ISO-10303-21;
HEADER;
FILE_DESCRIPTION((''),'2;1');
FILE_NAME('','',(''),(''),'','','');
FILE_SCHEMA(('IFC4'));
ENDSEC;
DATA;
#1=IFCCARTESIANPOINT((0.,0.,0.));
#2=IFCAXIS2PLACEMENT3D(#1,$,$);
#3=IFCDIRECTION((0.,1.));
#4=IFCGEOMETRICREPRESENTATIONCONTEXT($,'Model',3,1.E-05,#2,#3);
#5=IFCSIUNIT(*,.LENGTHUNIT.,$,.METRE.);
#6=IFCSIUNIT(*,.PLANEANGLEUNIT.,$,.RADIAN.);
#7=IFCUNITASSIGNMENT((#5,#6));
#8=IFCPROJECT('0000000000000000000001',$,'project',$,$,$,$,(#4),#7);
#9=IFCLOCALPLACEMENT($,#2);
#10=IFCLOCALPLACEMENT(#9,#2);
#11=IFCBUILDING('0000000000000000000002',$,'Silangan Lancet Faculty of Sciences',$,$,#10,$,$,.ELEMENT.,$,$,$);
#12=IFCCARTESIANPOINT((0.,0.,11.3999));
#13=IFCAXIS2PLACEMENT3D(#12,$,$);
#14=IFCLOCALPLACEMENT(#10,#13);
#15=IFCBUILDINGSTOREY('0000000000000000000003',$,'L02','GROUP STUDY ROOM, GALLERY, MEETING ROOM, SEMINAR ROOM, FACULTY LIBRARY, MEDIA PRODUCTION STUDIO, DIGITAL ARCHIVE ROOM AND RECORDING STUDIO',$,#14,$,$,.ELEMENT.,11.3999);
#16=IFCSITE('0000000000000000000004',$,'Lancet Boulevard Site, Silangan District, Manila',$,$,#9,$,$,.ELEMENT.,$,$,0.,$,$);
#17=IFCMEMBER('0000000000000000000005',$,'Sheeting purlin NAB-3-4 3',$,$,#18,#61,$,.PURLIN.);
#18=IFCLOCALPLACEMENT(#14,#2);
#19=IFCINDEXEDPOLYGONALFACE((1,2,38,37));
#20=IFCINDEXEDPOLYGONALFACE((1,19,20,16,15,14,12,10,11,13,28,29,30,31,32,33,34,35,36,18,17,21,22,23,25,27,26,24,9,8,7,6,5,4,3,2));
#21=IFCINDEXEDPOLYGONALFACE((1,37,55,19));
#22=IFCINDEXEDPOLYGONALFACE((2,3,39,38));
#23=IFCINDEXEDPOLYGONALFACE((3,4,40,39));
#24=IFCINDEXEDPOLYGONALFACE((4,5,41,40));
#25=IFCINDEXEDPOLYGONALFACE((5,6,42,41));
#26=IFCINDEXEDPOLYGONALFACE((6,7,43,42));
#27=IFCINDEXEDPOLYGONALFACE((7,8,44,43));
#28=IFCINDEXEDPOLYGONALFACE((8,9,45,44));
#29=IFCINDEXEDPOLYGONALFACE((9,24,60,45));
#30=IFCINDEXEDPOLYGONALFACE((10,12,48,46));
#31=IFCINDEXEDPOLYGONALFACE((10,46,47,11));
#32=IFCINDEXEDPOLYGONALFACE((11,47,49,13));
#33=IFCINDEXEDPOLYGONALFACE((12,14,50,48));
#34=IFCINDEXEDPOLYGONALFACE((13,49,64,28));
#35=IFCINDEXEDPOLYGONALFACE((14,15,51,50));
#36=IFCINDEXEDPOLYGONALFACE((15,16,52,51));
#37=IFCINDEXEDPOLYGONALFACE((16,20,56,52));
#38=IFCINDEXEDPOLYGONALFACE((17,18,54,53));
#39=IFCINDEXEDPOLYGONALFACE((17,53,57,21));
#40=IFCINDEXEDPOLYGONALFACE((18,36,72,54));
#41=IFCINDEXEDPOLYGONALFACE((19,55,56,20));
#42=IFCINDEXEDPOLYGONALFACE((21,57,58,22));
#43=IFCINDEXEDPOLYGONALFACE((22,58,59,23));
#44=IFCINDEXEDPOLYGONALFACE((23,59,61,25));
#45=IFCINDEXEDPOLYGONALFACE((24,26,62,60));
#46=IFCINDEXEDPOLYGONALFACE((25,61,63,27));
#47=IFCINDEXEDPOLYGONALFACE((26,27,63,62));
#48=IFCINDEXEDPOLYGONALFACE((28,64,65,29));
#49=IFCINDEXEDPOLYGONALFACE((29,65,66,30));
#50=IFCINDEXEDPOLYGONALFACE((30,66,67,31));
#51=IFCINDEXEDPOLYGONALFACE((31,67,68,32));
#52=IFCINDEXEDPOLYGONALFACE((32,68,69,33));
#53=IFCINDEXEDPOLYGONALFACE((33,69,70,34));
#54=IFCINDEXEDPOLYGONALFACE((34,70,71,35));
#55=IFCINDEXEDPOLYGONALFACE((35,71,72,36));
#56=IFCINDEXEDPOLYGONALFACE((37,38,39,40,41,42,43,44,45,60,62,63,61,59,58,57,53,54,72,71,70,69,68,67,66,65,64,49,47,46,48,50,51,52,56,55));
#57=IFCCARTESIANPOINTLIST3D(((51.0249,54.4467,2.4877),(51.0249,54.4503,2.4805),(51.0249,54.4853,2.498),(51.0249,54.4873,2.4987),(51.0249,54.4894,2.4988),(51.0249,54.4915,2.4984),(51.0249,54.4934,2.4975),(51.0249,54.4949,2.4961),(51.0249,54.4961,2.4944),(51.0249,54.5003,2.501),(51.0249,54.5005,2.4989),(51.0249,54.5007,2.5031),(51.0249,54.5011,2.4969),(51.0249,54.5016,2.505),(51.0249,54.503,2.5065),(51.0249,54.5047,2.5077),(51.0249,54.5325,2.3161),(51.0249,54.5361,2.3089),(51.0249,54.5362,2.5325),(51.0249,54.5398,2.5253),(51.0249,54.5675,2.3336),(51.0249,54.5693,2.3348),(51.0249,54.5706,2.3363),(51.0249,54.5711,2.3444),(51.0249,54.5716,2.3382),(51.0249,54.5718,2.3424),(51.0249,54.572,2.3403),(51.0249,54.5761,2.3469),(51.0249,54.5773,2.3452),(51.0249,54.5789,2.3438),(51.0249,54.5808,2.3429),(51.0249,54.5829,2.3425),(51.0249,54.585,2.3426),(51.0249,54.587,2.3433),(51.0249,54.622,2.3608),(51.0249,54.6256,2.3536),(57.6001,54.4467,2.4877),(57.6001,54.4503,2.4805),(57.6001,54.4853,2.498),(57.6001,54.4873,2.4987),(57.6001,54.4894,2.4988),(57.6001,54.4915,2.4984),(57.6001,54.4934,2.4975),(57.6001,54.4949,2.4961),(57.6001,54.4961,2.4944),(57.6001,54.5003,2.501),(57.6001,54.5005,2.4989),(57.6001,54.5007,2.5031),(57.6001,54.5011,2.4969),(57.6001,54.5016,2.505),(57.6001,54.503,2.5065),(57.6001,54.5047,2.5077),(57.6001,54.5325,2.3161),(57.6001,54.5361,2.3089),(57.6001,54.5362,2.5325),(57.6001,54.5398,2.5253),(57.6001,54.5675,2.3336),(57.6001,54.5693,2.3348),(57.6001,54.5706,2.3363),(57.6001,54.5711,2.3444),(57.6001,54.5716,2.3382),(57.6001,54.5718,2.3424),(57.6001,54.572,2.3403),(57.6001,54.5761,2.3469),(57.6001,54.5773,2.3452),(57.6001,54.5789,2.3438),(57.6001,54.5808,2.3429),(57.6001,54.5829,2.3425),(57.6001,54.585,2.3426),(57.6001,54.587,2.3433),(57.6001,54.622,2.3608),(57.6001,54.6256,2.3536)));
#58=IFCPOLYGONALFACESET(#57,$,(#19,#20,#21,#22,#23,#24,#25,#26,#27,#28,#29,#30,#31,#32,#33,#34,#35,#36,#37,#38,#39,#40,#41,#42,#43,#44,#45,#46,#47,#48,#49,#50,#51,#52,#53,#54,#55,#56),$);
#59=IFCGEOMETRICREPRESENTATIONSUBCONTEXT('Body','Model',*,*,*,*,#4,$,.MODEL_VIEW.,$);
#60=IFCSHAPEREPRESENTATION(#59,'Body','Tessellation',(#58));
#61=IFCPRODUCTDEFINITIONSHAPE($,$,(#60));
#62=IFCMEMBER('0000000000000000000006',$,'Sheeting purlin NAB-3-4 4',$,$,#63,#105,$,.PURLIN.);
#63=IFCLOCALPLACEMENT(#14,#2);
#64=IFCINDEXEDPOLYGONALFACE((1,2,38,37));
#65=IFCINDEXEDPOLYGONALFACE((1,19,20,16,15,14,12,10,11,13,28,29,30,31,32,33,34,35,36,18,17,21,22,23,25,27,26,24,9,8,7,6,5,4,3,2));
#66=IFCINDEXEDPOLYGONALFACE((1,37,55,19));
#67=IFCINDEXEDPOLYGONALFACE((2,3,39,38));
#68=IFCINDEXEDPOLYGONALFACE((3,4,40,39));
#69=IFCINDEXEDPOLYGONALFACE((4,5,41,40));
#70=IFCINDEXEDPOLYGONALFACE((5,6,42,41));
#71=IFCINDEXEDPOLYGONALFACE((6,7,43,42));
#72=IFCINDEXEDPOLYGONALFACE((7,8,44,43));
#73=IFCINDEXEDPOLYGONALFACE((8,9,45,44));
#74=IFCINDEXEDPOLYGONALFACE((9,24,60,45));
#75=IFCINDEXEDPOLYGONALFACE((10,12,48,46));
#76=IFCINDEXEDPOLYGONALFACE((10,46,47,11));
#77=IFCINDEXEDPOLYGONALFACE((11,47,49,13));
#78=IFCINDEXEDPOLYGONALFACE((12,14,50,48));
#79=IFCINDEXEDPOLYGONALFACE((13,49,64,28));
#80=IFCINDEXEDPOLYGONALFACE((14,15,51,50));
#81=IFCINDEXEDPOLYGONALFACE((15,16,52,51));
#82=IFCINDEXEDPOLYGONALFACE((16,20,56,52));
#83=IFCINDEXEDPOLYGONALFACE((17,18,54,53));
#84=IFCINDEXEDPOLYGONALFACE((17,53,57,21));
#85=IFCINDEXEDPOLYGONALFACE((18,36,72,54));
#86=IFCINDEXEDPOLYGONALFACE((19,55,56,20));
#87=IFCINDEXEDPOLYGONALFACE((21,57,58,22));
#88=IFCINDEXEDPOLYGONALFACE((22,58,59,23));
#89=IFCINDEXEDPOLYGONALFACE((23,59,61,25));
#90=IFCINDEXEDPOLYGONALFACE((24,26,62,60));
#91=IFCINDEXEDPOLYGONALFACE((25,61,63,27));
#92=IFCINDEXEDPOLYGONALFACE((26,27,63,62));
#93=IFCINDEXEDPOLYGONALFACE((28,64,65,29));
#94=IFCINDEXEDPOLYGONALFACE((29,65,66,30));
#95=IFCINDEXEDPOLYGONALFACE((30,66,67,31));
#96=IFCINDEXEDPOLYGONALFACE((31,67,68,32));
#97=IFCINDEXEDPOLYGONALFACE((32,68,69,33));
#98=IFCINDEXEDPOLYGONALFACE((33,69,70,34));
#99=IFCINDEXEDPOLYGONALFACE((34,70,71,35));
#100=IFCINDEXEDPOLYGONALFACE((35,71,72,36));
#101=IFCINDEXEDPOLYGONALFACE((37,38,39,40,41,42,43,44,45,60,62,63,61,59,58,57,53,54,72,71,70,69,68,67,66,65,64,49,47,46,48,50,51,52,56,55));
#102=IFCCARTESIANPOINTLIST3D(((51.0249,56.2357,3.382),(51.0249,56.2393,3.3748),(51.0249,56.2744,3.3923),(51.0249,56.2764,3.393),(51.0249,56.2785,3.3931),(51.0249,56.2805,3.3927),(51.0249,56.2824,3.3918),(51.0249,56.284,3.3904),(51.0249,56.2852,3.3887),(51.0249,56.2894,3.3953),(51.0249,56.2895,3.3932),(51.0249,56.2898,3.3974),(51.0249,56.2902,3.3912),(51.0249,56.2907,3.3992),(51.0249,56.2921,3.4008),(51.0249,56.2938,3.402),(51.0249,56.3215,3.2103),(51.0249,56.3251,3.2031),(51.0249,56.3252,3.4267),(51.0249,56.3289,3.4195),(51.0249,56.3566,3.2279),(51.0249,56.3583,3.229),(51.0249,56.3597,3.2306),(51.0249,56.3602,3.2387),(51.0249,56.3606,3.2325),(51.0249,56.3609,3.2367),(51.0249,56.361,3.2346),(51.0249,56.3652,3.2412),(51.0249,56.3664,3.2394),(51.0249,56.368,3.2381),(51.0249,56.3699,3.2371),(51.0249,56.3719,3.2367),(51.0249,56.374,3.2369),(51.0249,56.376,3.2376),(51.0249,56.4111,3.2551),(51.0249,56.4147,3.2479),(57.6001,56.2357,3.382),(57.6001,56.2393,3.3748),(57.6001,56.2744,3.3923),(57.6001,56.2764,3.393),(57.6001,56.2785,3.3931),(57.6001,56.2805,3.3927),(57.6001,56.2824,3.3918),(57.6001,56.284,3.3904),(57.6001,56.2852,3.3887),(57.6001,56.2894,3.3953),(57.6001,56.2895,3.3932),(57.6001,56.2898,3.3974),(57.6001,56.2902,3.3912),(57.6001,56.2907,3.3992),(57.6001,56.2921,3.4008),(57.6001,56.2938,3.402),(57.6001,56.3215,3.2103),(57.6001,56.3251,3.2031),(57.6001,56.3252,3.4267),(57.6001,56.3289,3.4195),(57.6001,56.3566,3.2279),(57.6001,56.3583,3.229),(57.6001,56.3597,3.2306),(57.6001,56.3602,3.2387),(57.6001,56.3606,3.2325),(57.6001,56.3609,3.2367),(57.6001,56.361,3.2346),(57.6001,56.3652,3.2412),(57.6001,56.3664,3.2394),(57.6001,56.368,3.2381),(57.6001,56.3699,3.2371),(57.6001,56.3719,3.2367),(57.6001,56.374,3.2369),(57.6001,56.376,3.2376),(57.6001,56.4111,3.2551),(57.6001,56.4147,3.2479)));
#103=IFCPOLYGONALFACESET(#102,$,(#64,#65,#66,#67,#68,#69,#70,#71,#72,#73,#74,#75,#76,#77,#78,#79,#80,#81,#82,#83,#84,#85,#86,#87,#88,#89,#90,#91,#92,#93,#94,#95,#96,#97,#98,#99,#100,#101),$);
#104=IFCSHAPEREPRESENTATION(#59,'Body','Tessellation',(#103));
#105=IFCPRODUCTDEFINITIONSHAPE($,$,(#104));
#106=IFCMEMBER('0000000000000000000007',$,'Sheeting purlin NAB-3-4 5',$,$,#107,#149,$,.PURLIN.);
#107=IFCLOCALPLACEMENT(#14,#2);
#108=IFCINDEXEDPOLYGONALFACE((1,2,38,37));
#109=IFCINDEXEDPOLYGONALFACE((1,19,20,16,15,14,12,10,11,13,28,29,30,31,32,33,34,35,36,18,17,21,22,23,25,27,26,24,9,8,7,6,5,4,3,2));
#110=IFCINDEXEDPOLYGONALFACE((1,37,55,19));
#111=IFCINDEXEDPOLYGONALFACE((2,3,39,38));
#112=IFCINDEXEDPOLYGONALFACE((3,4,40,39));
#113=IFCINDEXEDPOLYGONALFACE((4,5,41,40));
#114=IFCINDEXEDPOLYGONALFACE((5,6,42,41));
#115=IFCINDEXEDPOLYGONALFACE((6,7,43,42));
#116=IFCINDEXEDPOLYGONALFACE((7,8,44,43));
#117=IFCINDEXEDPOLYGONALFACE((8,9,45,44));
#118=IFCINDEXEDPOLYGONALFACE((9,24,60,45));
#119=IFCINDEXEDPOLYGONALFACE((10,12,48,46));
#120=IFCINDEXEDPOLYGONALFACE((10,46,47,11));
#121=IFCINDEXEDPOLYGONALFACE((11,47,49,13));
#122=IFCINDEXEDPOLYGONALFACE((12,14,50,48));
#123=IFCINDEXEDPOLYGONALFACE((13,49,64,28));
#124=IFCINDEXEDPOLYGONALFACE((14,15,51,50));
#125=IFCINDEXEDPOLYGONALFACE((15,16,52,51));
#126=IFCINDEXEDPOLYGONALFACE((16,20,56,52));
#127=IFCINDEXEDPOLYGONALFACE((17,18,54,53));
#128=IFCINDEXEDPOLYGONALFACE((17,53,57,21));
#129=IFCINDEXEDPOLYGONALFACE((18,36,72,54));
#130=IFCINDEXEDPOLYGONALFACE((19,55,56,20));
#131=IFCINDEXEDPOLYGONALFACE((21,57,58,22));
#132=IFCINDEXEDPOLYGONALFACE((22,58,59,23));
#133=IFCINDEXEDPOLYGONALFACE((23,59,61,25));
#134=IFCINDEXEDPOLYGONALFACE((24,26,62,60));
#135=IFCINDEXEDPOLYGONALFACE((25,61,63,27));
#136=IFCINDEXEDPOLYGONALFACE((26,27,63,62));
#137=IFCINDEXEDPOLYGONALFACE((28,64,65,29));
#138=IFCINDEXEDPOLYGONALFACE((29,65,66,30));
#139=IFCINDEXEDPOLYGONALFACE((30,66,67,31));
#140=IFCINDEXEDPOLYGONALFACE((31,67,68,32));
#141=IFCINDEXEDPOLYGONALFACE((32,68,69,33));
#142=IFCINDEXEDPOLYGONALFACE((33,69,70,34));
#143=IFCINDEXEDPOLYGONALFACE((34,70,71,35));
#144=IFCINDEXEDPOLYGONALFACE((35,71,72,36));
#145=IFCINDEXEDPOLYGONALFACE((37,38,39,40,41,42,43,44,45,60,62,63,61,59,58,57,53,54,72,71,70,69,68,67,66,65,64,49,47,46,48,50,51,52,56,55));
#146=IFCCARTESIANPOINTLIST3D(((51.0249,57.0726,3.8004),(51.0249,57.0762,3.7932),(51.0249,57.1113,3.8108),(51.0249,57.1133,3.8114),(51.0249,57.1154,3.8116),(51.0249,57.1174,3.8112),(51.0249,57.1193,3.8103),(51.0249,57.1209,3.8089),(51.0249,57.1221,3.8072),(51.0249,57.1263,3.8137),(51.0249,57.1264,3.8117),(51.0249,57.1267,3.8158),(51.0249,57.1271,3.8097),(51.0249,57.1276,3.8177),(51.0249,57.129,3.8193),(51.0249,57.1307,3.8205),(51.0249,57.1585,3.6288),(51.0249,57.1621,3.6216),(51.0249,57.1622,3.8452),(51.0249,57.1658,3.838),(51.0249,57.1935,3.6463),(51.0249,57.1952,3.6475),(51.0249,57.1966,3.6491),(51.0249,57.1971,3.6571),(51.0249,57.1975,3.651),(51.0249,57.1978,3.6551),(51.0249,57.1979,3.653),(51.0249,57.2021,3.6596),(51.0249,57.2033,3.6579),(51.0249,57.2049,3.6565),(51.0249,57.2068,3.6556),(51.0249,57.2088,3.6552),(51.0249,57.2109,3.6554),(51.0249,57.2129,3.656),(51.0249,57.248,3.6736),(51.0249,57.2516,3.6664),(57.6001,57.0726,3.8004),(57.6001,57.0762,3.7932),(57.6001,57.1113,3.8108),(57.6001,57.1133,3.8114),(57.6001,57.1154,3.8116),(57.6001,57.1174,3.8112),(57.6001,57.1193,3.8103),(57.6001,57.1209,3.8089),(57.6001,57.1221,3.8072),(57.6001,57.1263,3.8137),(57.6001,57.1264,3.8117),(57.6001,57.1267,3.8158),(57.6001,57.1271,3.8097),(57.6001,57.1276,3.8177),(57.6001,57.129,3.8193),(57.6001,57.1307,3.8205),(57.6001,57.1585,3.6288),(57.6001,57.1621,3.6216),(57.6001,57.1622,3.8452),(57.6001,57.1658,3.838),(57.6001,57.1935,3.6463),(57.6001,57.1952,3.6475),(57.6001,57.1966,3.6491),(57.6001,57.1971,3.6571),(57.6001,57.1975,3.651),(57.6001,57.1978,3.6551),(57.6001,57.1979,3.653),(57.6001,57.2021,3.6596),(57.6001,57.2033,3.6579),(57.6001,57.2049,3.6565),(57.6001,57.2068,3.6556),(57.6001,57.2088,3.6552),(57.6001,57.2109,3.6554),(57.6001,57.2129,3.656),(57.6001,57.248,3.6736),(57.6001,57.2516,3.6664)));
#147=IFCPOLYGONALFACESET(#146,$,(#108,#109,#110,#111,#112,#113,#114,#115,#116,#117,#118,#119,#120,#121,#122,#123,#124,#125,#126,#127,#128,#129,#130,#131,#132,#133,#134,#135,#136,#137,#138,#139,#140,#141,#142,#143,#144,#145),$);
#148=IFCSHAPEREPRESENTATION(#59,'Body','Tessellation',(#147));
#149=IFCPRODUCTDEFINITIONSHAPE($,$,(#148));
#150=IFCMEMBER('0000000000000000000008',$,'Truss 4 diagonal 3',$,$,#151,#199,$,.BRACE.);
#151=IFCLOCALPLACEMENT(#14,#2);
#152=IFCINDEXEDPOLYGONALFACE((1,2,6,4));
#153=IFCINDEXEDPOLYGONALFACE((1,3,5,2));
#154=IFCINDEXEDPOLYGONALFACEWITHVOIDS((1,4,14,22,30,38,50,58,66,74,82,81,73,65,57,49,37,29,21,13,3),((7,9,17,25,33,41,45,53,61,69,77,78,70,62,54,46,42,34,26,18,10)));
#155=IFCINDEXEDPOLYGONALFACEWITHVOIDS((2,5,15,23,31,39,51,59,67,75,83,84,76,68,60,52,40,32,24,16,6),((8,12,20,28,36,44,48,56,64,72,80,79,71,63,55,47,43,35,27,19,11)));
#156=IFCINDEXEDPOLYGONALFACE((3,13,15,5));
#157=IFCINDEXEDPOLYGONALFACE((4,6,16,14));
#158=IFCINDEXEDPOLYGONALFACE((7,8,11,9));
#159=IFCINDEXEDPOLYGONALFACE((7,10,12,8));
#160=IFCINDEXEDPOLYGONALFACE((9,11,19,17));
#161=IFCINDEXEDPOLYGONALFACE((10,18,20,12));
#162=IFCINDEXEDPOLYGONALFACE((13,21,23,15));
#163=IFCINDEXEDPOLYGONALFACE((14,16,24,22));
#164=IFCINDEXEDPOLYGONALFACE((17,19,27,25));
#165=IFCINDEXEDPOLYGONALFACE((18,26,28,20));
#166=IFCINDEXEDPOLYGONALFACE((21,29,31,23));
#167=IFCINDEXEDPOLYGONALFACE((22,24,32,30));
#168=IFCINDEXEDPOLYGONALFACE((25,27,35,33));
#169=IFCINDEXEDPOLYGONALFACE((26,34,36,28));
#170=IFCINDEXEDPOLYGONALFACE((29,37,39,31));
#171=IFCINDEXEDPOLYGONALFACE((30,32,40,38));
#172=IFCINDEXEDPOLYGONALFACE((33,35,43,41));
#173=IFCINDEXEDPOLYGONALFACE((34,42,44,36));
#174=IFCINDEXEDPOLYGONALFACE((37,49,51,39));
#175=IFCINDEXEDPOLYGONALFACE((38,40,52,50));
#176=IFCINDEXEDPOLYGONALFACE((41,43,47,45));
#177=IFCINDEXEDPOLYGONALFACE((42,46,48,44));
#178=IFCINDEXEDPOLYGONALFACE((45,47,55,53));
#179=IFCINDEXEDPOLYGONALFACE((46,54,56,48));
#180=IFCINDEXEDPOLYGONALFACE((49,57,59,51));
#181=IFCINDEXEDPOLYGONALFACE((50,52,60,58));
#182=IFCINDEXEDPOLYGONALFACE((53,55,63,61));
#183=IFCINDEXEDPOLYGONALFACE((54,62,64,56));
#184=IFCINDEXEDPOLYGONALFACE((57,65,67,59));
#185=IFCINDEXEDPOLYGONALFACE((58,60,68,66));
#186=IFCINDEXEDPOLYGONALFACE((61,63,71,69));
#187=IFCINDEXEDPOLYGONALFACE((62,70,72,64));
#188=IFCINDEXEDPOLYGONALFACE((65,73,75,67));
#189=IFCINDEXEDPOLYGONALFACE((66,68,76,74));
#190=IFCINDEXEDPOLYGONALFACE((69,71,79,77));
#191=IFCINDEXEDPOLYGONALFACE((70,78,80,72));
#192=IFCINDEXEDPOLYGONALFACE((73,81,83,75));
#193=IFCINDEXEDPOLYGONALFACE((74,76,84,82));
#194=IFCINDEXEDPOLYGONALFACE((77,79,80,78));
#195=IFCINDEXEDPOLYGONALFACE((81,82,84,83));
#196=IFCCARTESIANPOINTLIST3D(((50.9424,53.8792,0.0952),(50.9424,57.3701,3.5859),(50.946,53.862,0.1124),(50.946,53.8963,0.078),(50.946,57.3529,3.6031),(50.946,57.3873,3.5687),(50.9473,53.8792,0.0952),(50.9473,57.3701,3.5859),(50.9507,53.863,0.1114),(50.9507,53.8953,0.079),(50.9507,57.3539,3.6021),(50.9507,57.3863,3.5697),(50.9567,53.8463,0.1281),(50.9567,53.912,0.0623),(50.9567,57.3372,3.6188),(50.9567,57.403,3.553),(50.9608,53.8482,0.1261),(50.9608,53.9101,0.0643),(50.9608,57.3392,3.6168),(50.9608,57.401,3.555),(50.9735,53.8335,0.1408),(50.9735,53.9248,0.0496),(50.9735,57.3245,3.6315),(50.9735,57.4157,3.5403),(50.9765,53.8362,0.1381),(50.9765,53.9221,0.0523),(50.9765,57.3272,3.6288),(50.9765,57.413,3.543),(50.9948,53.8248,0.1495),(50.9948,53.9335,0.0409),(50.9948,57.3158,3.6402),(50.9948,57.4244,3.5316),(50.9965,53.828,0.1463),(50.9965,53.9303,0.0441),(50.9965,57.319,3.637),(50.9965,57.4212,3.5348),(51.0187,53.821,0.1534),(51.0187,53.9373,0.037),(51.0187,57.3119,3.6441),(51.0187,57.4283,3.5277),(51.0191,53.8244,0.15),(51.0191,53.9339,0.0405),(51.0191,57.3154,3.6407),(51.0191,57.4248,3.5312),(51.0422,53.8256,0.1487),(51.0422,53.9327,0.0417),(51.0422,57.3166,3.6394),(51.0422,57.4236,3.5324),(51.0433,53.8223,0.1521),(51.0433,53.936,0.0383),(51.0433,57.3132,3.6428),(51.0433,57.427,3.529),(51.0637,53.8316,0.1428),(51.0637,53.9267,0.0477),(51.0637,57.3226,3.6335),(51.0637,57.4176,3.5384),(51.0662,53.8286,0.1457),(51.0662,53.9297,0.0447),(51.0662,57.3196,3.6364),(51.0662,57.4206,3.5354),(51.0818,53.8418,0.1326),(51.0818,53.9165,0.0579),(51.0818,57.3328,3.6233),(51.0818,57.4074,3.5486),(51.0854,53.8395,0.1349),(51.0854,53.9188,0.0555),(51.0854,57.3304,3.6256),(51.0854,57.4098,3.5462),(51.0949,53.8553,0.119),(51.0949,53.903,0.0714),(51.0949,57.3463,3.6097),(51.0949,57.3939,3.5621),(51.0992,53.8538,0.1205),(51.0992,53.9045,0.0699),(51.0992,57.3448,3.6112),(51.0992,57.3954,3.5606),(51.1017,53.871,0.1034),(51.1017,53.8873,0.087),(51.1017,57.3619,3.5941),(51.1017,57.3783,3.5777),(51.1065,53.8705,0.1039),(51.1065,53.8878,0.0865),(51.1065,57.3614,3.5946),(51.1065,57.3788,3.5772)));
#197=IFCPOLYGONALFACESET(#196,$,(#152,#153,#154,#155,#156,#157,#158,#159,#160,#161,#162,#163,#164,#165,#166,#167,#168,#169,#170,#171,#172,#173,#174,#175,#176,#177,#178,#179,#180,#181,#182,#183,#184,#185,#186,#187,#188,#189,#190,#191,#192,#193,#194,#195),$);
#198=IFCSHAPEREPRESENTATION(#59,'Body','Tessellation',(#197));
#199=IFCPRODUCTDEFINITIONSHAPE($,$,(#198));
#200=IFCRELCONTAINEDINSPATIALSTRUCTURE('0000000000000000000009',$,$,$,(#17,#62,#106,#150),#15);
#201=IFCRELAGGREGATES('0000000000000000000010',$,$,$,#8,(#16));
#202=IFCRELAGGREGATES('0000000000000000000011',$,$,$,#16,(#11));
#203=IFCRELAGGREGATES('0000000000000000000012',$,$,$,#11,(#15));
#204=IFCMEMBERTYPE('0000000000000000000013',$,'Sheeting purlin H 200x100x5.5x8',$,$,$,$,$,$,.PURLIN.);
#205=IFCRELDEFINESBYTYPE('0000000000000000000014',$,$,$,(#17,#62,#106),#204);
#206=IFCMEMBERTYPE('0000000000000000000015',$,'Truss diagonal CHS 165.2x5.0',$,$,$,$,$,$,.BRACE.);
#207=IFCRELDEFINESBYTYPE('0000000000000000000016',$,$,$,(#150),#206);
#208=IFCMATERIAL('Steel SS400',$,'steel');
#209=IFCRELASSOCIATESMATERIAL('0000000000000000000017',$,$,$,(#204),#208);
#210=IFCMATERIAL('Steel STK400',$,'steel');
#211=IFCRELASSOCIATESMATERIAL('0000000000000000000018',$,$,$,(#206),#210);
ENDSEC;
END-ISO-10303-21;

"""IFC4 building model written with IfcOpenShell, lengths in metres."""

from ifc_helpers import new_model, si_unit, direction, frame, origin, origin_2d, place, context, subcontext, project, spatial, hollow_circle, i_section, extrude, material, material_profile, profile_set, type_object, element, save


model = new_model("IFC4")

# Units and contexts
model_context = context("Model", 3, precision=1e-05, world=origin(), true_north=direction((0.0, 1.0)))
body_context = subcontext(model_context, "Body", "Model", "MODEL_VIEW")
ifc_project = project(units=[si_unit("LENGTHUNIT", "METRE"), si_unit("PLANEANGLEUNIT", "RADIAN")], contexts=[model_context])

# Site, building, storey
site_placement = place(None, origin())
site = spatial("IfcSite", under=ifc_project, at=site_placement, Name="Lancet Boulevard Site, Silangan District, Manila", CompositionType="ELEMENT", RefElevation=0.0)
building_placement = place(site_placement, origin())
building = spatial("IfcBuilding", under=site, at=building_placement, Name="Silangan Lancet Faculty of Sciences", CompositionType="ELEMENT")
storey_placement = place(building_placement, frame((0.0, 0.0, 11.3999)))
storey = spatial("IfcBuildingStorey", under=building, at=storey_placement, Name="L02", Description="GROUP STUDY ROOM, GALLERY, MEETING ROOM, SEMINAR ROOM, FACULTY LIBRARY, MEDIA PRODUCTION STUDIO, DIGITAL ARCHIVE ROOM AND RECORDING STUDIO", CompositionType="ELEMENT", Elevation=11.3999)

# Members
ifc_material_1 = material(Name="Steel SS400", Category="steel")
ifc_material_profile_1 = material_profile(ifc_material_1, i_section(OverallWidth=0.1001, OverallDepth=0.2, WebThickness=0.0056, FlangeThickness=0.0081, FilletRadius=0.0081, at=origin_2d()), Name="H 200x100x5.5x8")
ifc_profile_set_1 = profile_set([ifc_material_profile_1], Name="Steel SS400")
member_type_1 = type_object("IfcMemberType", Name="Sheeting purlin H 200x100x5.5x8", PredefinedType="PURLIN", material=ifc_profile_set_1)
for number, where, z_axis, x_axis, name in (
    (1, (51.0249, 54.5361, 2.4207), (1.0, 0.0, 0.0), (0.0, 0.894427, 0.447214), "Sheeting purlin NAB-3-4 3"),
    (2, (51.0249, 56.3252, 3.3149), (1.0, 0.0, 0.0), (0.0, 0.894427, 0.447214), "Sheeting purlin NAB-3-4 4"),
    (3, (51.0249, 57.1621, 3.7334), (1.0, 0.0, 0.0), (0.0, 0.894427, 0.447214), "Sheeting purlin NAB-3-4 5"),
):
    element("IfcMember", number, at=place(storey_placement, frame(where, z_axis=z_axis, x_axis=x_axis)), inside=storey, type_object=member_type_1, Name=name, PredefinedType="PURLIN", context=body_context, shape_type="SweptSolid", body=[
        extrude(i_section(OverallWidth=0.1001, OverallDepth=0.2, WebThickness=0.0056, FlangeThickness=0.0081, FilletRadius=0.0081, at=origin_2d()), origin(), (0.0, 0.0, 1.0), 6.5752),
    ])
ifc_material_2 = material(Name="Steel STK400", Category="steel")
ifc_material_profile_2 = material_profile(ifc_material_2, hollow_circle(Radius=0.0825, WallThickness=0.0049, at=origin_2d()), Name="CHS 165.2x5.0")
ifc_profile_set_2 = profile_set([ifc_material_profile_2], Name="Steel STK400")
member_type_2 = type_object("IfcMemberType", Name="Truss diagonal CHS 165.2x5.0", PredefinedType="BRACE", material=ifc_profile_set_2)
member_1_placement = place(storey_placement, frame((51.0249, 53.8792, 0.0952), z_axis=(0.0, 0.707132, 0.707082), x_axis=(-1.0, 0.0, 0.0)))
element("IfcMember", 4, at=member_1_placement, inside=storey, type_object=member_type_2, Name="Truss 4 diagonal 3", PredefinedType="BRACE", context=body_context, shape_type="SweptSolid", body=[
    extrude(hollow_circle(Radius=0.0825, WallThickness=0.0049, at=origin_2d()), origin(), (0.0, 0.0, 1.0), 4.9368),
])

save(model, "model.ifc")
